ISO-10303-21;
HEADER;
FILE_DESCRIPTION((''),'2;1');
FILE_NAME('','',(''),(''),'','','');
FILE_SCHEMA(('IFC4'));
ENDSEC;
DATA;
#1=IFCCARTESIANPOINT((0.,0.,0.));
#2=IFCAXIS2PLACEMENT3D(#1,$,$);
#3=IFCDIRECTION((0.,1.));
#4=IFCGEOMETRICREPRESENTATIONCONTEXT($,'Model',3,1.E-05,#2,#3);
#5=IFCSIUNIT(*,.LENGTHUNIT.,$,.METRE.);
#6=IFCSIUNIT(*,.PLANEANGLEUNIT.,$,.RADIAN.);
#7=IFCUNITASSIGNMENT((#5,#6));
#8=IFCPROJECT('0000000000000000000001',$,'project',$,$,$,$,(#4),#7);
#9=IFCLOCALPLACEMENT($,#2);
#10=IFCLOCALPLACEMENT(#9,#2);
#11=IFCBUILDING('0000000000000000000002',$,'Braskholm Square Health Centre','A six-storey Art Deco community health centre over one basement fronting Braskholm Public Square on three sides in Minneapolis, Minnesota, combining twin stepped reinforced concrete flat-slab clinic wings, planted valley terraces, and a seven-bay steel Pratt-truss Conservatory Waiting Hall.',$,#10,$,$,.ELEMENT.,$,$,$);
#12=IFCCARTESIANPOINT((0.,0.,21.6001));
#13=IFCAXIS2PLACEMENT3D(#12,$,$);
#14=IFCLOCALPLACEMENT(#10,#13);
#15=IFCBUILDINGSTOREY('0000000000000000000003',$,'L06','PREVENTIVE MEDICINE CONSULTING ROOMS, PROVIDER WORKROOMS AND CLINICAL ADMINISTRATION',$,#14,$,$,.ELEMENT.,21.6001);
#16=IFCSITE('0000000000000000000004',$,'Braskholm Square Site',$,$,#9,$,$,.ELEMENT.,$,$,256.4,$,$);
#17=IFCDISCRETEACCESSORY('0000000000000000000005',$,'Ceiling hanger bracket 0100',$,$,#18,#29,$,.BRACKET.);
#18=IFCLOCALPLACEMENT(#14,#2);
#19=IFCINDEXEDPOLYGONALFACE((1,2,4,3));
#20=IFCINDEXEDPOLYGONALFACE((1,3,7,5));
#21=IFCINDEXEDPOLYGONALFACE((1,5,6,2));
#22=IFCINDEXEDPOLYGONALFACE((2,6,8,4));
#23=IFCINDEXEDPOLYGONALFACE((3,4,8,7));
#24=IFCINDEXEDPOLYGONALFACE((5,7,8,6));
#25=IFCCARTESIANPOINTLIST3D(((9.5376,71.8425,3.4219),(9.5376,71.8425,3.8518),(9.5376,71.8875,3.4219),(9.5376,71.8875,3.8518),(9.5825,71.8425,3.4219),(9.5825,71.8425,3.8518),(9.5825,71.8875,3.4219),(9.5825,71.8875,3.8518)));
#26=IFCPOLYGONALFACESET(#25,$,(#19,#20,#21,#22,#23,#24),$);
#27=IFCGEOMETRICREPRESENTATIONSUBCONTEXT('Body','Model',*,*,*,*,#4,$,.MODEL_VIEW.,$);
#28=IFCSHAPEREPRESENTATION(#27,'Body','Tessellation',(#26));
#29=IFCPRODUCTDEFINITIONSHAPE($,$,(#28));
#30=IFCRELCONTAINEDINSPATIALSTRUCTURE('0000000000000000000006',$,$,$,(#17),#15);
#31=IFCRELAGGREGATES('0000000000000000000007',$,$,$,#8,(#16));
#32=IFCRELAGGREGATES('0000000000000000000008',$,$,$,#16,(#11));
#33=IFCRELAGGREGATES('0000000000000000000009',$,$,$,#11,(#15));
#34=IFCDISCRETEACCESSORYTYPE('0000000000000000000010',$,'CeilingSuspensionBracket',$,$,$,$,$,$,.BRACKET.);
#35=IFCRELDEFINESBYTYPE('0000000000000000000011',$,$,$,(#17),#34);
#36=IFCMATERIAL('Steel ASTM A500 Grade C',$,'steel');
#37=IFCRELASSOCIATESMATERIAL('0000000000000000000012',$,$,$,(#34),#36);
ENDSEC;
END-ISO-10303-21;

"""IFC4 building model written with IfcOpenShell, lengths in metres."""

from ifc_helpers import new_model, si_unit, direction, frame, origin, origin_2d, place, context, subcontext, project, spatial, rectangle, extrude, material, type_object, element, save


model = new_model("IFC4")

# Units and contexts
model_context = context("Model", 3, precision=1e-05, world=origin(), true_north=direction((0.0, 1.0)))
body_context = subcontext(model_context, "Body", "Model", "MODEL_VIEW")
ifc_project = project(units=[si_unit("LENGTHUNIT", "METRE"), si_unit("PLANEANGLEUNIT", "RADIAN")], contexts=[model_context])

# Site, building, storey
site_placement = place(None, origin())
site = spatial("IfcSite", under=ifc_project, at=site_placement, Name="Braskholm Square Site", CompositionType="ELEMENT", RefElevation=256.4)
building_placement = place(site_placement, origin())
building = spatial("IfcBuilding", under=site, at=building_placement, Name="Braskholm Square Health Centre", Description="A six-storey Art Deco community health centre over one basement fronting Braskholm Public Square on three sides in Minneapolis, Minnesota, combining twin stepped reinforced concrete flat-slab clinic wings, planted valley terraces, and a seven-bay steel Pratt-truss Conservatory Waiting Hall.", CompositionType="ELEMENT")
storey_placement = place(building_placement, frame((0.0, 0.0, 21.6001)))
storey = spatial("IfcBuildingStorey", under=building, at=storey_placement, Name="L06", Description="PREVENTIVE MEDICINE CONSULTING ROOMS, PROVIDER WORKROOMS AND CLINICAL ADMINISTRATION", CompositionType="ELEMENT", Elevation=21.6001)

# Discrete accessory
ifc_material_1 = material(Name="Steel ASTM A500 Grade C", Category="steel")
discrete_accessory_type = type_object("IfcDiscreteAccessoryType", Name="CeilingSuspensionBracket", PredefinedType="BRACKET", material=ifc_material_1)
discrete_accessory_placement = place(storey_placement, frame((9.5601, 71.865, 3.4219), z_axis=(0.0, 0.0, 1.0), x_axis=(1.0, 0.0, 0.0)))
element("IfcDiscreteAccessory", 1, at=discrete_accessory_placement, inside=storey, type_object=discrete_accessory_type, Name="Ceiling hanger bracket 0100", PredefinedType="BRACKET", context=body_context, shape_type="SweptSolid", body=[
    extrude(rectangle(XDim=0.0449, YDim=0.0449, at=origin_2d()), origin(), (0.0, 0.0, 1.0), 0.4299),
])

save(model, "model.ifc")
